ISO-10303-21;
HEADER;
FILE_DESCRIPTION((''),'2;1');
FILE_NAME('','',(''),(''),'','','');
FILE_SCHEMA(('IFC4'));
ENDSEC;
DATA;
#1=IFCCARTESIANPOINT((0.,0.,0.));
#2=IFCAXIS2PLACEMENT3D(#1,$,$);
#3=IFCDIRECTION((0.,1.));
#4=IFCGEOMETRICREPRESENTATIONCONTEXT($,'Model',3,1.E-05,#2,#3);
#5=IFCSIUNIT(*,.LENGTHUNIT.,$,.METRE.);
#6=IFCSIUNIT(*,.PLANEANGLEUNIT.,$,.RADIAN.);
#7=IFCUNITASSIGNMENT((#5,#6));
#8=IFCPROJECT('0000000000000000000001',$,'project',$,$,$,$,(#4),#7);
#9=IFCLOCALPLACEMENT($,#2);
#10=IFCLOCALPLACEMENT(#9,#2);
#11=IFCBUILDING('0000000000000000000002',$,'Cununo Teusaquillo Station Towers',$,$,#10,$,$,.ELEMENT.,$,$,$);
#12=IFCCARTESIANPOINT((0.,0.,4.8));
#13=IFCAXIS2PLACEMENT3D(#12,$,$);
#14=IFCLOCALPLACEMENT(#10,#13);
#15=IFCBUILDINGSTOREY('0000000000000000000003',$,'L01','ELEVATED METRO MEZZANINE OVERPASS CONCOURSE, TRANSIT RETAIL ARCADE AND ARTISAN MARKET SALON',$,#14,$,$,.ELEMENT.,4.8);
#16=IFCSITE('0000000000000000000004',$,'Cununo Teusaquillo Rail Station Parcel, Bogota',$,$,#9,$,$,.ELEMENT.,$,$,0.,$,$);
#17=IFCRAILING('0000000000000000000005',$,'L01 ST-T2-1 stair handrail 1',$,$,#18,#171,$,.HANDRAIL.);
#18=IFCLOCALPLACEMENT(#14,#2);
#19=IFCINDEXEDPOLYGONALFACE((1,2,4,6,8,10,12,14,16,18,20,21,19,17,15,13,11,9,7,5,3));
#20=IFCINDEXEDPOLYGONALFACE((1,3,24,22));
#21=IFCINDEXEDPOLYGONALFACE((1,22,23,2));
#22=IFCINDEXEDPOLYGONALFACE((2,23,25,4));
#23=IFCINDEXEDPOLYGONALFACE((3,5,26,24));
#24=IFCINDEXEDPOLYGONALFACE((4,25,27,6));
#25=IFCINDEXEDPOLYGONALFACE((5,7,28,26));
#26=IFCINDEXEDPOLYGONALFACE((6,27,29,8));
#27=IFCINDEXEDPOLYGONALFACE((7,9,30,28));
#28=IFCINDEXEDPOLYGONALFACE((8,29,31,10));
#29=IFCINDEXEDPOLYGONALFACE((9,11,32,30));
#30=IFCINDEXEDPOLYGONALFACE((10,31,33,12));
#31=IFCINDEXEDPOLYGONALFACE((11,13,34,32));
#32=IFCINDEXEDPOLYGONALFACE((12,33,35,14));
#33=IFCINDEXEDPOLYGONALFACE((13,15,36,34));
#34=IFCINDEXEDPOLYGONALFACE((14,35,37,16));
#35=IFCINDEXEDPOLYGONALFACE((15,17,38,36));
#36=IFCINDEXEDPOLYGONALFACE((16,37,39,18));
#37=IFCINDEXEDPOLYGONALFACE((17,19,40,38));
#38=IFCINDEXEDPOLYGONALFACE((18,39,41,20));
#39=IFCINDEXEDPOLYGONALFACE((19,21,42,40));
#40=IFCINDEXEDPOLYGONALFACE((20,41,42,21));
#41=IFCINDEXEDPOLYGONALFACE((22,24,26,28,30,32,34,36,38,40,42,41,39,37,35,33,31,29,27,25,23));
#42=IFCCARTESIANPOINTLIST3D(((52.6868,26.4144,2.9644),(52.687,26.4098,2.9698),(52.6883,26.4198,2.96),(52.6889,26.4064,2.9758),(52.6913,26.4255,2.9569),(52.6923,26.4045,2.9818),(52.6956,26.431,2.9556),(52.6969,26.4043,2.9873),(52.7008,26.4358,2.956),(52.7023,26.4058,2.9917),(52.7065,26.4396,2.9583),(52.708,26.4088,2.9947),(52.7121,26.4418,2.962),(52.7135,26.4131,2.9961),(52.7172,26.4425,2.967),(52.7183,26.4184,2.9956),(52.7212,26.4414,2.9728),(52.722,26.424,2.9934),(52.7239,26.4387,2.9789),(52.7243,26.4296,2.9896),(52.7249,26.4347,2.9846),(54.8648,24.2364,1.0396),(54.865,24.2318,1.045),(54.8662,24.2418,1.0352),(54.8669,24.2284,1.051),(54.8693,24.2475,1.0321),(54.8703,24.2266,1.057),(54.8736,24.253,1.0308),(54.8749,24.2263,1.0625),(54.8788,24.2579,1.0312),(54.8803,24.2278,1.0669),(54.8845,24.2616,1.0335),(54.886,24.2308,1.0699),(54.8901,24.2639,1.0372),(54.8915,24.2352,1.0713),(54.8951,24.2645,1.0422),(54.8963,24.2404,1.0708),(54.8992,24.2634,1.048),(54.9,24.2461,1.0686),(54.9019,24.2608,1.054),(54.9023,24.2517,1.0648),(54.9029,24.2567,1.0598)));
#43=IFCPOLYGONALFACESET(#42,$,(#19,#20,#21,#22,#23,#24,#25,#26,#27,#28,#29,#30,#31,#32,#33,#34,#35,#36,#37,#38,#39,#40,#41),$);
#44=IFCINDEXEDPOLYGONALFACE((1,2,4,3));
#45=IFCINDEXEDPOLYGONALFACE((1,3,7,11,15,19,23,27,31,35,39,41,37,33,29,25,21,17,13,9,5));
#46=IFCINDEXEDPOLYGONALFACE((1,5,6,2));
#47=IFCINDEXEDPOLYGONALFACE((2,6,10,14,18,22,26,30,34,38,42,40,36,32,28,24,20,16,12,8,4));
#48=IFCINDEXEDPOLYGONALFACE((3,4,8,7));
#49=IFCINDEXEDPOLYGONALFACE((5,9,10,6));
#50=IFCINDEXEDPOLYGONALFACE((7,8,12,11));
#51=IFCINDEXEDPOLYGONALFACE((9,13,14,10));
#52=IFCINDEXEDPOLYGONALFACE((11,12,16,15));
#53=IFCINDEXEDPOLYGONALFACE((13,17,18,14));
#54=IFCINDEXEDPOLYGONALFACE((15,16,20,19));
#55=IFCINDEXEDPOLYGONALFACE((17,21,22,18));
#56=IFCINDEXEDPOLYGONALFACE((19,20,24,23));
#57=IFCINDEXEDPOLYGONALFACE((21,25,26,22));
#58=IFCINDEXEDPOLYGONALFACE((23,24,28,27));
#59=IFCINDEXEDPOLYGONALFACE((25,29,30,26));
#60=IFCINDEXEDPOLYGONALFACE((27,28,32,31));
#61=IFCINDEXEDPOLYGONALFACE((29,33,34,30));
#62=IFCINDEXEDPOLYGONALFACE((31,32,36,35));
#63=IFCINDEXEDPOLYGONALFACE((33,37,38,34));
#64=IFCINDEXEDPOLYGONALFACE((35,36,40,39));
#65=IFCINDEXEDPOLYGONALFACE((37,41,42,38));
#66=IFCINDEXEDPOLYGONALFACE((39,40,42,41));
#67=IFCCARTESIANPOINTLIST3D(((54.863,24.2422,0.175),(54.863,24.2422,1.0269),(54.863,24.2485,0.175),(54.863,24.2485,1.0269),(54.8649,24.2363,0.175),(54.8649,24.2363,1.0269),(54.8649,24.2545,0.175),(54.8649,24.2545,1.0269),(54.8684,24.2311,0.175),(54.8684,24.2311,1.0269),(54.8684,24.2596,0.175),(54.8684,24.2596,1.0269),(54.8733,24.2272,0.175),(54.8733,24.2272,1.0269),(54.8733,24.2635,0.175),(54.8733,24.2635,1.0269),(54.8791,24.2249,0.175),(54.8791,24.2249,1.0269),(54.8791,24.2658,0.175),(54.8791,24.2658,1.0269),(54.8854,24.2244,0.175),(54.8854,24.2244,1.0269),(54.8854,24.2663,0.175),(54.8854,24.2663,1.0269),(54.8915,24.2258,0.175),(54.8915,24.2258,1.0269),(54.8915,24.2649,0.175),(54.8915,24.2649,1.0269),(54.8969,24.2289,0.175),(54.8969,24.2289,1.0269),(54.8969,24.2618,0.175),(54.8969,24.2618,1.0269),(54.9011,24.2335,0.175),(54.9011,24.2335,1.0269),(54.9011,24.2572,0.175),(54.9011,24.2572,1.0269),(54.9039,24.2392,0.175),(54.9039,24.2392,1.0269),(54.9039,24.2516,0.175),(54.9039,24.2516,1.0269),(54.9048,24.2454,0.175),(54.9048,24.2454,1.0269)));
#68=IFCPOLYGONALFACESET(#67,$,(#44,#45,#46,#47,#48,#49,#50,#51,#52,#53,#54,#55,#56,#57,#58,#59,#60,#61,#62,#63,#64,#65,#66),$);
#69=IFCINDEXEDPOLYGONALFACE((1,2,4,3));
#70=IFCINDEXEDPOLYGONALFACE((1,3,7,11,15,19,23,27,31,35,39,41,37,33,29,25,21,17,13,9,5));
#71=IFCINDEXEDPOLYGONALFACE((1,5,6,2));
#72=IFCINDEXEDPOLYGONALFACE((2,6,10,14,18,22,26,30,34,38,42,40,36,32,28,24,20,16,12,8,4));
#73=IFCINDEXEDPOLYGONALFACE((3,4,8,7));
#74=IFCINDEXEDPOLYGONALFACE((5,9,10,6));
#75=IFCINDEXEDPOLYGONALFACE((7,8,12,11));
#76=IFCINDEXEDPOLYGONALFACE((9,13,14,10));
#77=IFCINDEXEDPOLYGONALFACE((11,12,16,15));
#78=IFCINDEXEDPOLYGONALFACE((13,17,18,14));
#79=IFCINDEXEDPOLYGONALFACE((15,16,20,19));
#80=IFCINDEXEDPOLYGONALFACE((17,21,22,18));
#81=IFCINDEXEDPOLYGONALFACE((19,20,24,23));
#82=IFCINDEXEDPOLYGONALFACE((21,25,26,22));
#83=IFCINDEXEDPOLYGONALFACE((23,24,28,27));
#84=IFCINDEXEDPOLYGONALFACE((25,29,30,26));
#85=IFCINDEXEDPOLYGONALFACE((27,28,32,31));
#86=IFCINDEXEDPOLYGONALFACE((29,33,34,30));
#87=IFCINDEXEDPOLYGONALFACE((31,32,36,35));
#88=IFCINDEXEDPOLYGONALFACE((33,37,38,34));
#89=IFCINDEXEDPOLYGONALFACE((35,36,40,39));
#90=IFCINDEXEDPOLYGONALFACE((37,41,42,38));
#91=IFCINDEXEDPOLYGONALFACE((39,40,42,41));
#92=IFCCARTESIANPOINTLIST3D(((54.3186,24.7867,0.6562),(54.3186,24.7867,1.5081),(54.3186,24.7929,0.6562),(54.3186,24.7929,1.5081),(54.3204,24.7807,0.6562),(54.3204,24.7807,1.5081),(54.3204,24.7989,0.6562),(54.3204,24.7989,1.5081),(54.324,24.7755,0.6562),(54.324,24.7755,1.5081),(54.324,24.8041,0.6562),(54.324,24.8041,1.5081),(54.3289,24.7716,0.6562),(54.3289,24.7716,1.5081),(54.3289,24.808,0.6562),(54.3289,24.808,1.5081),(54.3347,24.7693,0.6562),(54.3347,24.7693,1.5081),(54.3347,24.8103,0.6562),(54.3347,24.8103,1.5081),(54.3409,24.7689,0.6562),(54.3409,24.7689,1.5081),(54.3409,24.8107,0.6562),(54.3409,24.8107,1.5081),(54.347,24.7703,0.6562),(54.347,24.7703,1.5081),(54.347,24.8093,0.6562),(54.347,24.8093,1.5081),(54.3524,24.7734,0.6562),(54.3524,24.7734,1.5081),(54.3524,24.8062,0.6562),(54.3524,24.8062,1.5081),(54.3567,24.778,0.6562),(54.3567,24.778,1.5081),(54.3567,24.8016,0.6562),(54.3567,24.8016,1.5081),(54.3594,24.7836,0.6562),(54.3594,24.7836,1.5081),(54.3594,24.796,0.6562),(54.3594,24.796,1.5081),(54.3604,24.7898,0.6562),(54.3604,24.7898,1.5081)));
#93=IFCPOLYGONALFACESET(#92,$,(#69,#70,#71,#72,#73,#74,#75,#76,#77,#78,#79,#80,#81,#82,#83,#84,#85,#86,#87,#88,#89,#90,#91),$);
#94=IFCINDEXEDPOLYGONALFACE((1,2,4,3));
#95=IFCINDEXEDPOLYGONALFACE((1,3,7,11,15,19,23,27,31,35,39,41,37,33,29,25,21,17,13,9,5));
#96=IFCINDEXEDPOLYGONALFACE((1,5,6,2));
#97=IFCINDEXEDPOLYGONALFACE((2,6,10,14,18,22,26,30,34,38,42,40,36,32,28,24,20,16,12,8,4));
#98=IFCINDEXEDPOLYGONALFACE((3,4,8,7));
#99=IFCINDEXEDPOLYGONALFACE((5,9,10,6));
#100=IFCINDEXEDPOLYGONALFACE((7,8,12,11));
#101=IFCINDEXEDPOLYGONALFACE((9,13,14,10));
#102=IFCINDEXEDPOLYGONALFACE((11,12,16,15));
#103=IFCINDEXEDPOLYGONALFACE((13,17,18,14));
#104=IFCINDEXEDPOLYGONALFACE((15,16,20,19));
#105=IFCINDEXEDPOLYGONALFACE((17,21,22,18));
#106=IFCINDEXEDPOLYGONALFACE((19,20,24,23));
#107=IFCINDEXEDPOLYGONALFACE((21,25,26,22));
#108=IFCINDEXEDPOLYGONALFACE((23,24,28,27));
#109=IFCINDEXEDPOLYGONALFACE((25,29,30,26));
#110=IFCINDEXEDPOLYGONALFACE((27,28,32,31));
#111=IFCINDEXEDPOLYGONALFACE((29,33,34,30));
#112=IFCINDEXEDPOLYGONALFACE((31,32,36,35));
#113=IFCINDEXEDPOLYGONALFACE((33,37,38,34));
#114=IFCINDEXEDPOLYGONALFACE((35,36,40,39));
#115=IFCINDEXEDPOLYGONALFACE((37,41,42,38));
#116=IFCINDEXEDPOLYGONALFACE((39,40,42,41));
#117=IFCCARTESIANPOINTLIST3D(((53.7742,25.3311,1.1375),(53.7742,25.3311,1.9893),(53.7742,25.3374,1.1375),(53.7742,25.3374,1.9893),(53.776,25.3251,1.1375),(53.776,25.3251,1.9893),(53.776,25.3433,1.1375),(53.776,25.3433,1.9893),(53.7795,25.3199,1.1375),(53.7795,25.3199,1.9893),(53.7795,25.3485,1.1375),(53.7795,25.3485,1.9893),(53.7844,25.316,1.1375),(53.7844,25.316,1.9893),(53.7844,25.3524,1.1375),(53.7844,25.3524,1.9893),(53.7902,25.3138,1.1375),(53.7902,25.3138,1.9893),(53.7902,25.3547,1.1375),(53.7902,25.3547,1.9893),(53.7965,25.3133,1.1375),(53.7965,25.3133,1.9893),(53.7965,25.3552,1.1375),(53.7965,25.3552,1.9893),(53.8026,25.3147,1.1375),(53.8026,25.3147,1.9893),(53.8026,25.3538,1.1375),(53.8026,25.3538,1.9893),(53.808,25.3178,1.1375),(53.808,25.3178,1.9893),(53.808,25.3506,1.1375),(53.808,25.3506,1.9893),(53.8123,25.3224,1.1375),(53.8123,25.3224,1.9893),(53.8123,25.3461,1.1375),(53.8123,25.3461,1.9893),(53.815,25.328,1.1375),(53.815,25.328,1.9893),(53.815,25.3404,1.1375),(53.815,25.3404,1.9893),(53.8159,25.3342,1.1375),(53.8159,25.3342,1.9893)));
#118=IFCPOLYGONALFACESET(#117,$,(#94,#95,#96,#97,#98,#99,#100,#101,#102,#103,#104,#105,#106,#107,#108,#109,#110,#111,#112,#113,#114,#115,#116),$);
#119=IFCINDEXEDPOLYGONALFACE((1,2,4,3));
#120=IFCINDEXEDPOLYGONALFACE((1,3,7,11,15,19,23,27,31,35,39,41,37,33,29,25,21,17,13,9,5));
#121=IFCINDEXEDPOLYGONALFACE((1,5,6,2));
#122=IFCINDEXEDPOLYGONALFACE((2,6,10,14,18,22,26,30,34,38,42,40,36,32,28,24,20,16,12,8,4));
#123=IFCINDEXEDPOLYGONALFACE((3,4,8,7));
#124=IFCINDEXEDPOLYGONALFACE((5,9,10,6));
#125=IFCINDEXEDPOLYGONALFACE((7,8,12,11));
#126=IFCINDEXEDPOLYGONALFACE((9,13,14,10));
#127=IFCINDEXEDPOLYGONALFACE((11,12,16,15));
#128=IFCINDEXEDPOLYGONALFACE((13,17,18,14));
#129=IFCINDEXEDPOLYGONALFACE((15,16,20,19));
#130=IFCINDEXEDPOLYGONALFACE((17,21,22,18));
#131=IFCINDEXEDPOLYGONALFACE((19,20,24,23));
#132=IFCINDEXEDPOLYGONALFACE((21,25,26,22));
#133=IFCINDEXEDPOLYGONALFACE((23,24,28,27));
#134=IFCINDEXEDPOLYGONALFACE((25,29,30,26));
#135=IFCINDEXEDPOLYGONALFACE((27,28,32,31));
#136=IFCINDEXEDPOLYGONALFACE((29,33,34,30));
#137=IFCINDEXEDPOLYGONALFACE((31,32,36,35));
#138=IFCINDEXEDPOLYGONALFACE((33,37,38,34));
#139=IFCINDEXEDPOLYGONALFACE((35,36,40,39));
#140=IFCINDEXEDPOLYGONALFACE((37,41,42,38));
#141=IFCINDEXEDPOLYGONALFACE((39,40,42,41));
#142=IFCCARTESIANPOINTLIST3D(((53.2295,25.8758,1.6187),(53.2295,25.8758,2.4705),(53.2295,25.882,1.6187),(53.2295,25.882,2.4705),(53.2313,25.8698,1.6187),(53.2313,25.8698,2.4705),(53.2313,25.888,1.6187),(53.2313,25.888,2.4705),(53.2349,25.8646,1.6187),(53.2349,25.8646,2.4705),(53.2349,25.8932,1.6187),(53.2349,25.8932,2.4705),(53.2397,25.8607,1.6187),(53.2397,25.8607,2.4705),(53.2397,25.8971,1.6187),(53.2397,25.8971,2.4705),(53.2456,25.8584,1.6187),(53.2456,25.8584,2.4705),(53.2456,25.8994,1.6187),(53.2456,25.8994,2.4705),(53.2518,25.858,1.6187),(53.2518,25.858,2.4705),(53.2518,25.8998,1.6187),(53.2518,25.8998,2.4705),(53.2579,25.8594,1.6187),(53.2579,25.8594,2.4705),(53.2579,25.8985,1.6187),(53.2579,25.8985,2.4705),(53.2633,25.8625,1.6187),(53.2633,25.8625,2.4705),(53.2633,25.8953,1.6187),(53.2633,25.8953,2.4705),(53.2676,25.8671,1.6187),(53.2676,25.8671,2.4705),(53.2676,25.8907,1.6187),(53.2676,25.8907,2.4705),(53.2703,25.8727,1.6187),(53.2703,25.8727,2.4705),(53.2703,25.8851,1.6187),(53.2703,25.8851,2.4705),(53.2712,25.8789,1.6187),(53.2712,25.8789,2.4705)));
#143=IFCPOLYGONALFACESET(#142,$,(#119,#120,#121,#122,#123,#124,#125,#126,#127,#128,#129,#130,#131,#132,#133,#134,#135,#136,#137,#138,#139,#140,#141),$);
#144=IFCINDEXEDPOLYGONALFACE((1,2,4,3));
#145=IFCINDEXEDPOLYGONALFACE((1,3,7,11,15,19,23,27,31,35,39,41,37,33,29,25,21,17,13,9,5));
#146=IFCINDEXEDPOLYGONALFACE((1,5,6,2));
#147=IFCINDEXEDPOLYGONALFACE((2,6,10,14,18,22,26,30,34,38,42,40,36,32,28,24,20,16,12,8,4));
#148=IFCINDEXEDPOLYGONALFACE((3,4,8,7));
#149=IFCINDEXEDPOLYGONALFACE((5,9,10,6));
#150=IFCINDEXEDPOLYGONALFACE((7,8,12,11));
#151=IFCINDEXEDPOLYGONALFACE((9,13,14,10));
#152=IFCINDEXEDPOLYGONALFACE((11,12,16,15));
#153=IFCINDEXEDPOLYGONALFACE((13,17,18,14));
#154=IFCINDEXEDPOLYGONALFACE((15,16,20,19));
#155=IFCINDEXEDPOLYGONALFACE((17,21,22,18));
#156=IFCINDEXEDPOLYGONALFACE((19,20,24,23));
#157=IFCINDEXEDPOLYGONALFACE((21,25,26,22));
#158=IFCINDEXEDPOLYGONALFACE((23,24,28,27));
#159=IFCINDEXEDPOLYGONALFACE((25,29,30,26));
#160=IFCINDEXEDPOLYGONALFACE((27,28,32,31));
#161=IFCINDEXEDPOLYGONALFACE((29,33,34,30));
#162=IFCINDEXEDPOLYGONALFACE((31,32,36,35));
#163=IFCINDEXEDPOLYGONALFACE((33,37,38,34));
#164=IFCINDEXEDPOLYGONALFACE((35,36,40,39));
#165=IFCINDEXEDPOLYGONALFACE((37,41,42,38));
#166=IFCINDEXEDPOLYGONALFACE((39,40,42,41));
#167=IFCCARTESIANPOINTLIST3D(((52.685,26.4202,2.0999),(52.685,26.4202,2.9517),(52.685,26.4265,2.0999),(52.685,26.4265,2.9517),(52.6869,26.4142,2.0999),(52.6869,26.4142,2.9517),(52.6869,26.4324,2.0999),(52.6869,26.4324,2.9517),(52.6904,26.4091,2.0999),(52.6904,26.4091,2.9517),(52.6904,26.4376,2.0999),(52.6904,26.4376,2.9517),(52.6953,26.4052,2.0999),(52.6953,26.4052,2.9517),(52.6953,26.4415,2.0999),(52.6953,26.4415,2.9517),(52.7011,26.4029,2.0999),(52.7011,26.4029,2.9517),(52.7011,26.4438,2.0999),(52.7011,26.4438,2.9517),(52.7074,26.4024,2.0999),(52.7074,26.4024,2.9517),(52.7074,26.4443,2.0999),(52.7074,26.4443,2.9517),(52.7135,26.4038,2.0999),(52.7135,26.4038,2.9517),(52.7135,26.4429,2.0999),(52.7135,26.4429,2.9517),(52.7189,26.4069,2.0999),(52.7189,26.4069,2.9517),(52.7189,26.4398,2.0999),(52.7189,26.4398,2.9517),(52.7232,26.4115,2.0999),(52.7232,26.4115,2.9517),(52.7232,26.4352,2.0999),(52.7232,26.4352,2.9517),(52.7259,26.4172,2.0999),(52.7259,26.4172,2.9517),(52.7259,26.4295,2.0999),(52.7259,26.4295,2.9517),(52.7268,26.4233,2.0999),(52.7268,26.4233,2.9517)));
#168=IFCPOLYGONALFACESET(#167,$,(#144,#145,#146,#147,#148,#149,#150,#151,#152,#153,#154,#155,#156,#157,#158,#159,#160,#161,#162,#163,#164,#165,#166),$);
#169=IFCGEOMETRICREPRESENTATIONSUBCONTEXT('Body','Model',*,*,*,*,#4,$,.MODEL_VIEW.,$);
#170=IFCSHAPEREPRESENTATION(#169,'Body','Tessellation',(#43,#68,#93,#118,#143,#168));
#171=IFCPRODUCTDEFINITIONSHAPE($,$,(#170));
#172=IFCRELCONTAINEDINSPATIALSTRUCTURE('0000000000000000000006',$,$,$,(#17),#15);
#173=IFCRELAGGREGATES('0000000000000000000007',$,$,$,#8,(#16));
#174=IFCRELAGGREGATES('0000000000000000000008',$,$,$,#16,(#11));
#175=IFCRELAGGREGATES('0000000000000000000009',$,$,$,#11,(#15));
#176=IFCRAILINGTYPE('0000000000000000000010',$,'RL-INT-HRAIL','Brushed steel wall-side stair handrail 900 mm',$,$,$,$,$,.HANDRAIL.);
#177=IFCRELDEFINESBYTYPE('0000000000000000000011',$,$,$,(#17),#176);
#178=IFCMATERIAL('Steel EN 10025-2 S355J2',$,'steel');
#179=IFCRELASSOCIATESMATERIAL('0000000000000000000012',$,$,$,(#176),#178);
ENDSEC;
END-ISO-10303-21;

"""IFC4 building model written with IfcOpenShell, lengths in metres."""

from ifc_helpers import new_model, si_unit, direction, frame, origin, origin_2d, place, context, subcontext, project, spatial, circle, extrude, material, type_object, element, save


model = new_model("IFC4")

# Units and contexts
model_context = context("Model", 3, precision=1e-05, world=origin(), true_north=direction((0.0, 1.0)))
body_context = subcontext(model_context, "Body", "Model", "MODEL_VIEW")
ifc_project = project(units=[si_unit("LENGTHUNIT", "METRE"), si_unit("PLANEANGLEUNIT", "RADIAN")], contexts=[model_context])

# Site, building, storey
site_placement = place(None, origin())
site = spatial("IfcSite", under=ifc_project, at=site_placement, Name="Cununo Teusaquillo Rail Station Parcel, Bogota", CompositionType="ELEMENT", RefElevation=0.0)
building_placement = place(site_placement, origin())
building = spatial("IfcBuilding", under=site, at=building_placement, Name="Cununo Teusaquillo Station Towers", CompositionType="ELEMENT")
storey_placement = place(building_placement, frame((0.0, 0.0, 4.8)))
storey = spatial("IfcBuildingStorey", under=building, at=storey_placement, Name="L01", Description="ELEVATED METRO MEZZANINE OVERPASS CONCOURSE, TRANSIT RETAIL ARCADE AND ARTISAN MARKET SALON", CompositionType="ELEMENT", Elevation=4.8)

# Railing
ifc_material_1 = material(Name="Steel EN 10025-2 S355J2", Category="steel")
railing_type_1 = type_object("IfcRailingType", Name="RL-INT-HRAIL", Description="Brushed steel wall-side stair handrail 900 mm", PredefinedType="HANDRAIL", material=ifc_material_1)
railing_1_placement = place(storey_placement, frame((54.8838, 24.2454, 0.175)))
element("IfcRailing", 1, at=railing_1_placement, inside=storey, type_object=railing_type_1, Name="L01 ST-T2-1 stair handrail 1", PredefinedType="HANDRAIL", context=body_context, shape_type="SweptSolid", body=[
    extrude(circle(Radius=0.0239, at=origin_2d()), frame((0.0, 0.0, 0.876), z_axis=(-0.599649, 0.599649, 0.529945), x_axis=(-0.707107, -0.707107, 0.0)), (0.0, 0.0, 1.0), 3.6321),
    extrude(circle(Radius=0.021, at=origin_2d()), origin(), (0.0, 0.0, 1.0), 0.8518),
    extrude(circle(Radius=0.021, at=origin_2d()), frame((-0.5444, 0.5444, 0.4812)), (0.0, 0.0, 1.0), 0.8518),
    extrude(circle(Radius=0.021, at=origin_2d()), frame((-1.0889, 1.0889, 0.9624)), (0.0, 0.0, 1.0), 0.8518),
    extrude(circle(Radius=0.021, at=origin_2d()), frame((-1.6335, 1.6335, 1.4436)), (0.0, 0.0, 1.0), 0.8518),
    extrude(circle(Radius=0.021, at=origin_2d()), frame((-2.178, 2.178, 1.9248)), (0.0, 0.0, 1.0), 0.8518),
])

save(model, "model.ifc")
